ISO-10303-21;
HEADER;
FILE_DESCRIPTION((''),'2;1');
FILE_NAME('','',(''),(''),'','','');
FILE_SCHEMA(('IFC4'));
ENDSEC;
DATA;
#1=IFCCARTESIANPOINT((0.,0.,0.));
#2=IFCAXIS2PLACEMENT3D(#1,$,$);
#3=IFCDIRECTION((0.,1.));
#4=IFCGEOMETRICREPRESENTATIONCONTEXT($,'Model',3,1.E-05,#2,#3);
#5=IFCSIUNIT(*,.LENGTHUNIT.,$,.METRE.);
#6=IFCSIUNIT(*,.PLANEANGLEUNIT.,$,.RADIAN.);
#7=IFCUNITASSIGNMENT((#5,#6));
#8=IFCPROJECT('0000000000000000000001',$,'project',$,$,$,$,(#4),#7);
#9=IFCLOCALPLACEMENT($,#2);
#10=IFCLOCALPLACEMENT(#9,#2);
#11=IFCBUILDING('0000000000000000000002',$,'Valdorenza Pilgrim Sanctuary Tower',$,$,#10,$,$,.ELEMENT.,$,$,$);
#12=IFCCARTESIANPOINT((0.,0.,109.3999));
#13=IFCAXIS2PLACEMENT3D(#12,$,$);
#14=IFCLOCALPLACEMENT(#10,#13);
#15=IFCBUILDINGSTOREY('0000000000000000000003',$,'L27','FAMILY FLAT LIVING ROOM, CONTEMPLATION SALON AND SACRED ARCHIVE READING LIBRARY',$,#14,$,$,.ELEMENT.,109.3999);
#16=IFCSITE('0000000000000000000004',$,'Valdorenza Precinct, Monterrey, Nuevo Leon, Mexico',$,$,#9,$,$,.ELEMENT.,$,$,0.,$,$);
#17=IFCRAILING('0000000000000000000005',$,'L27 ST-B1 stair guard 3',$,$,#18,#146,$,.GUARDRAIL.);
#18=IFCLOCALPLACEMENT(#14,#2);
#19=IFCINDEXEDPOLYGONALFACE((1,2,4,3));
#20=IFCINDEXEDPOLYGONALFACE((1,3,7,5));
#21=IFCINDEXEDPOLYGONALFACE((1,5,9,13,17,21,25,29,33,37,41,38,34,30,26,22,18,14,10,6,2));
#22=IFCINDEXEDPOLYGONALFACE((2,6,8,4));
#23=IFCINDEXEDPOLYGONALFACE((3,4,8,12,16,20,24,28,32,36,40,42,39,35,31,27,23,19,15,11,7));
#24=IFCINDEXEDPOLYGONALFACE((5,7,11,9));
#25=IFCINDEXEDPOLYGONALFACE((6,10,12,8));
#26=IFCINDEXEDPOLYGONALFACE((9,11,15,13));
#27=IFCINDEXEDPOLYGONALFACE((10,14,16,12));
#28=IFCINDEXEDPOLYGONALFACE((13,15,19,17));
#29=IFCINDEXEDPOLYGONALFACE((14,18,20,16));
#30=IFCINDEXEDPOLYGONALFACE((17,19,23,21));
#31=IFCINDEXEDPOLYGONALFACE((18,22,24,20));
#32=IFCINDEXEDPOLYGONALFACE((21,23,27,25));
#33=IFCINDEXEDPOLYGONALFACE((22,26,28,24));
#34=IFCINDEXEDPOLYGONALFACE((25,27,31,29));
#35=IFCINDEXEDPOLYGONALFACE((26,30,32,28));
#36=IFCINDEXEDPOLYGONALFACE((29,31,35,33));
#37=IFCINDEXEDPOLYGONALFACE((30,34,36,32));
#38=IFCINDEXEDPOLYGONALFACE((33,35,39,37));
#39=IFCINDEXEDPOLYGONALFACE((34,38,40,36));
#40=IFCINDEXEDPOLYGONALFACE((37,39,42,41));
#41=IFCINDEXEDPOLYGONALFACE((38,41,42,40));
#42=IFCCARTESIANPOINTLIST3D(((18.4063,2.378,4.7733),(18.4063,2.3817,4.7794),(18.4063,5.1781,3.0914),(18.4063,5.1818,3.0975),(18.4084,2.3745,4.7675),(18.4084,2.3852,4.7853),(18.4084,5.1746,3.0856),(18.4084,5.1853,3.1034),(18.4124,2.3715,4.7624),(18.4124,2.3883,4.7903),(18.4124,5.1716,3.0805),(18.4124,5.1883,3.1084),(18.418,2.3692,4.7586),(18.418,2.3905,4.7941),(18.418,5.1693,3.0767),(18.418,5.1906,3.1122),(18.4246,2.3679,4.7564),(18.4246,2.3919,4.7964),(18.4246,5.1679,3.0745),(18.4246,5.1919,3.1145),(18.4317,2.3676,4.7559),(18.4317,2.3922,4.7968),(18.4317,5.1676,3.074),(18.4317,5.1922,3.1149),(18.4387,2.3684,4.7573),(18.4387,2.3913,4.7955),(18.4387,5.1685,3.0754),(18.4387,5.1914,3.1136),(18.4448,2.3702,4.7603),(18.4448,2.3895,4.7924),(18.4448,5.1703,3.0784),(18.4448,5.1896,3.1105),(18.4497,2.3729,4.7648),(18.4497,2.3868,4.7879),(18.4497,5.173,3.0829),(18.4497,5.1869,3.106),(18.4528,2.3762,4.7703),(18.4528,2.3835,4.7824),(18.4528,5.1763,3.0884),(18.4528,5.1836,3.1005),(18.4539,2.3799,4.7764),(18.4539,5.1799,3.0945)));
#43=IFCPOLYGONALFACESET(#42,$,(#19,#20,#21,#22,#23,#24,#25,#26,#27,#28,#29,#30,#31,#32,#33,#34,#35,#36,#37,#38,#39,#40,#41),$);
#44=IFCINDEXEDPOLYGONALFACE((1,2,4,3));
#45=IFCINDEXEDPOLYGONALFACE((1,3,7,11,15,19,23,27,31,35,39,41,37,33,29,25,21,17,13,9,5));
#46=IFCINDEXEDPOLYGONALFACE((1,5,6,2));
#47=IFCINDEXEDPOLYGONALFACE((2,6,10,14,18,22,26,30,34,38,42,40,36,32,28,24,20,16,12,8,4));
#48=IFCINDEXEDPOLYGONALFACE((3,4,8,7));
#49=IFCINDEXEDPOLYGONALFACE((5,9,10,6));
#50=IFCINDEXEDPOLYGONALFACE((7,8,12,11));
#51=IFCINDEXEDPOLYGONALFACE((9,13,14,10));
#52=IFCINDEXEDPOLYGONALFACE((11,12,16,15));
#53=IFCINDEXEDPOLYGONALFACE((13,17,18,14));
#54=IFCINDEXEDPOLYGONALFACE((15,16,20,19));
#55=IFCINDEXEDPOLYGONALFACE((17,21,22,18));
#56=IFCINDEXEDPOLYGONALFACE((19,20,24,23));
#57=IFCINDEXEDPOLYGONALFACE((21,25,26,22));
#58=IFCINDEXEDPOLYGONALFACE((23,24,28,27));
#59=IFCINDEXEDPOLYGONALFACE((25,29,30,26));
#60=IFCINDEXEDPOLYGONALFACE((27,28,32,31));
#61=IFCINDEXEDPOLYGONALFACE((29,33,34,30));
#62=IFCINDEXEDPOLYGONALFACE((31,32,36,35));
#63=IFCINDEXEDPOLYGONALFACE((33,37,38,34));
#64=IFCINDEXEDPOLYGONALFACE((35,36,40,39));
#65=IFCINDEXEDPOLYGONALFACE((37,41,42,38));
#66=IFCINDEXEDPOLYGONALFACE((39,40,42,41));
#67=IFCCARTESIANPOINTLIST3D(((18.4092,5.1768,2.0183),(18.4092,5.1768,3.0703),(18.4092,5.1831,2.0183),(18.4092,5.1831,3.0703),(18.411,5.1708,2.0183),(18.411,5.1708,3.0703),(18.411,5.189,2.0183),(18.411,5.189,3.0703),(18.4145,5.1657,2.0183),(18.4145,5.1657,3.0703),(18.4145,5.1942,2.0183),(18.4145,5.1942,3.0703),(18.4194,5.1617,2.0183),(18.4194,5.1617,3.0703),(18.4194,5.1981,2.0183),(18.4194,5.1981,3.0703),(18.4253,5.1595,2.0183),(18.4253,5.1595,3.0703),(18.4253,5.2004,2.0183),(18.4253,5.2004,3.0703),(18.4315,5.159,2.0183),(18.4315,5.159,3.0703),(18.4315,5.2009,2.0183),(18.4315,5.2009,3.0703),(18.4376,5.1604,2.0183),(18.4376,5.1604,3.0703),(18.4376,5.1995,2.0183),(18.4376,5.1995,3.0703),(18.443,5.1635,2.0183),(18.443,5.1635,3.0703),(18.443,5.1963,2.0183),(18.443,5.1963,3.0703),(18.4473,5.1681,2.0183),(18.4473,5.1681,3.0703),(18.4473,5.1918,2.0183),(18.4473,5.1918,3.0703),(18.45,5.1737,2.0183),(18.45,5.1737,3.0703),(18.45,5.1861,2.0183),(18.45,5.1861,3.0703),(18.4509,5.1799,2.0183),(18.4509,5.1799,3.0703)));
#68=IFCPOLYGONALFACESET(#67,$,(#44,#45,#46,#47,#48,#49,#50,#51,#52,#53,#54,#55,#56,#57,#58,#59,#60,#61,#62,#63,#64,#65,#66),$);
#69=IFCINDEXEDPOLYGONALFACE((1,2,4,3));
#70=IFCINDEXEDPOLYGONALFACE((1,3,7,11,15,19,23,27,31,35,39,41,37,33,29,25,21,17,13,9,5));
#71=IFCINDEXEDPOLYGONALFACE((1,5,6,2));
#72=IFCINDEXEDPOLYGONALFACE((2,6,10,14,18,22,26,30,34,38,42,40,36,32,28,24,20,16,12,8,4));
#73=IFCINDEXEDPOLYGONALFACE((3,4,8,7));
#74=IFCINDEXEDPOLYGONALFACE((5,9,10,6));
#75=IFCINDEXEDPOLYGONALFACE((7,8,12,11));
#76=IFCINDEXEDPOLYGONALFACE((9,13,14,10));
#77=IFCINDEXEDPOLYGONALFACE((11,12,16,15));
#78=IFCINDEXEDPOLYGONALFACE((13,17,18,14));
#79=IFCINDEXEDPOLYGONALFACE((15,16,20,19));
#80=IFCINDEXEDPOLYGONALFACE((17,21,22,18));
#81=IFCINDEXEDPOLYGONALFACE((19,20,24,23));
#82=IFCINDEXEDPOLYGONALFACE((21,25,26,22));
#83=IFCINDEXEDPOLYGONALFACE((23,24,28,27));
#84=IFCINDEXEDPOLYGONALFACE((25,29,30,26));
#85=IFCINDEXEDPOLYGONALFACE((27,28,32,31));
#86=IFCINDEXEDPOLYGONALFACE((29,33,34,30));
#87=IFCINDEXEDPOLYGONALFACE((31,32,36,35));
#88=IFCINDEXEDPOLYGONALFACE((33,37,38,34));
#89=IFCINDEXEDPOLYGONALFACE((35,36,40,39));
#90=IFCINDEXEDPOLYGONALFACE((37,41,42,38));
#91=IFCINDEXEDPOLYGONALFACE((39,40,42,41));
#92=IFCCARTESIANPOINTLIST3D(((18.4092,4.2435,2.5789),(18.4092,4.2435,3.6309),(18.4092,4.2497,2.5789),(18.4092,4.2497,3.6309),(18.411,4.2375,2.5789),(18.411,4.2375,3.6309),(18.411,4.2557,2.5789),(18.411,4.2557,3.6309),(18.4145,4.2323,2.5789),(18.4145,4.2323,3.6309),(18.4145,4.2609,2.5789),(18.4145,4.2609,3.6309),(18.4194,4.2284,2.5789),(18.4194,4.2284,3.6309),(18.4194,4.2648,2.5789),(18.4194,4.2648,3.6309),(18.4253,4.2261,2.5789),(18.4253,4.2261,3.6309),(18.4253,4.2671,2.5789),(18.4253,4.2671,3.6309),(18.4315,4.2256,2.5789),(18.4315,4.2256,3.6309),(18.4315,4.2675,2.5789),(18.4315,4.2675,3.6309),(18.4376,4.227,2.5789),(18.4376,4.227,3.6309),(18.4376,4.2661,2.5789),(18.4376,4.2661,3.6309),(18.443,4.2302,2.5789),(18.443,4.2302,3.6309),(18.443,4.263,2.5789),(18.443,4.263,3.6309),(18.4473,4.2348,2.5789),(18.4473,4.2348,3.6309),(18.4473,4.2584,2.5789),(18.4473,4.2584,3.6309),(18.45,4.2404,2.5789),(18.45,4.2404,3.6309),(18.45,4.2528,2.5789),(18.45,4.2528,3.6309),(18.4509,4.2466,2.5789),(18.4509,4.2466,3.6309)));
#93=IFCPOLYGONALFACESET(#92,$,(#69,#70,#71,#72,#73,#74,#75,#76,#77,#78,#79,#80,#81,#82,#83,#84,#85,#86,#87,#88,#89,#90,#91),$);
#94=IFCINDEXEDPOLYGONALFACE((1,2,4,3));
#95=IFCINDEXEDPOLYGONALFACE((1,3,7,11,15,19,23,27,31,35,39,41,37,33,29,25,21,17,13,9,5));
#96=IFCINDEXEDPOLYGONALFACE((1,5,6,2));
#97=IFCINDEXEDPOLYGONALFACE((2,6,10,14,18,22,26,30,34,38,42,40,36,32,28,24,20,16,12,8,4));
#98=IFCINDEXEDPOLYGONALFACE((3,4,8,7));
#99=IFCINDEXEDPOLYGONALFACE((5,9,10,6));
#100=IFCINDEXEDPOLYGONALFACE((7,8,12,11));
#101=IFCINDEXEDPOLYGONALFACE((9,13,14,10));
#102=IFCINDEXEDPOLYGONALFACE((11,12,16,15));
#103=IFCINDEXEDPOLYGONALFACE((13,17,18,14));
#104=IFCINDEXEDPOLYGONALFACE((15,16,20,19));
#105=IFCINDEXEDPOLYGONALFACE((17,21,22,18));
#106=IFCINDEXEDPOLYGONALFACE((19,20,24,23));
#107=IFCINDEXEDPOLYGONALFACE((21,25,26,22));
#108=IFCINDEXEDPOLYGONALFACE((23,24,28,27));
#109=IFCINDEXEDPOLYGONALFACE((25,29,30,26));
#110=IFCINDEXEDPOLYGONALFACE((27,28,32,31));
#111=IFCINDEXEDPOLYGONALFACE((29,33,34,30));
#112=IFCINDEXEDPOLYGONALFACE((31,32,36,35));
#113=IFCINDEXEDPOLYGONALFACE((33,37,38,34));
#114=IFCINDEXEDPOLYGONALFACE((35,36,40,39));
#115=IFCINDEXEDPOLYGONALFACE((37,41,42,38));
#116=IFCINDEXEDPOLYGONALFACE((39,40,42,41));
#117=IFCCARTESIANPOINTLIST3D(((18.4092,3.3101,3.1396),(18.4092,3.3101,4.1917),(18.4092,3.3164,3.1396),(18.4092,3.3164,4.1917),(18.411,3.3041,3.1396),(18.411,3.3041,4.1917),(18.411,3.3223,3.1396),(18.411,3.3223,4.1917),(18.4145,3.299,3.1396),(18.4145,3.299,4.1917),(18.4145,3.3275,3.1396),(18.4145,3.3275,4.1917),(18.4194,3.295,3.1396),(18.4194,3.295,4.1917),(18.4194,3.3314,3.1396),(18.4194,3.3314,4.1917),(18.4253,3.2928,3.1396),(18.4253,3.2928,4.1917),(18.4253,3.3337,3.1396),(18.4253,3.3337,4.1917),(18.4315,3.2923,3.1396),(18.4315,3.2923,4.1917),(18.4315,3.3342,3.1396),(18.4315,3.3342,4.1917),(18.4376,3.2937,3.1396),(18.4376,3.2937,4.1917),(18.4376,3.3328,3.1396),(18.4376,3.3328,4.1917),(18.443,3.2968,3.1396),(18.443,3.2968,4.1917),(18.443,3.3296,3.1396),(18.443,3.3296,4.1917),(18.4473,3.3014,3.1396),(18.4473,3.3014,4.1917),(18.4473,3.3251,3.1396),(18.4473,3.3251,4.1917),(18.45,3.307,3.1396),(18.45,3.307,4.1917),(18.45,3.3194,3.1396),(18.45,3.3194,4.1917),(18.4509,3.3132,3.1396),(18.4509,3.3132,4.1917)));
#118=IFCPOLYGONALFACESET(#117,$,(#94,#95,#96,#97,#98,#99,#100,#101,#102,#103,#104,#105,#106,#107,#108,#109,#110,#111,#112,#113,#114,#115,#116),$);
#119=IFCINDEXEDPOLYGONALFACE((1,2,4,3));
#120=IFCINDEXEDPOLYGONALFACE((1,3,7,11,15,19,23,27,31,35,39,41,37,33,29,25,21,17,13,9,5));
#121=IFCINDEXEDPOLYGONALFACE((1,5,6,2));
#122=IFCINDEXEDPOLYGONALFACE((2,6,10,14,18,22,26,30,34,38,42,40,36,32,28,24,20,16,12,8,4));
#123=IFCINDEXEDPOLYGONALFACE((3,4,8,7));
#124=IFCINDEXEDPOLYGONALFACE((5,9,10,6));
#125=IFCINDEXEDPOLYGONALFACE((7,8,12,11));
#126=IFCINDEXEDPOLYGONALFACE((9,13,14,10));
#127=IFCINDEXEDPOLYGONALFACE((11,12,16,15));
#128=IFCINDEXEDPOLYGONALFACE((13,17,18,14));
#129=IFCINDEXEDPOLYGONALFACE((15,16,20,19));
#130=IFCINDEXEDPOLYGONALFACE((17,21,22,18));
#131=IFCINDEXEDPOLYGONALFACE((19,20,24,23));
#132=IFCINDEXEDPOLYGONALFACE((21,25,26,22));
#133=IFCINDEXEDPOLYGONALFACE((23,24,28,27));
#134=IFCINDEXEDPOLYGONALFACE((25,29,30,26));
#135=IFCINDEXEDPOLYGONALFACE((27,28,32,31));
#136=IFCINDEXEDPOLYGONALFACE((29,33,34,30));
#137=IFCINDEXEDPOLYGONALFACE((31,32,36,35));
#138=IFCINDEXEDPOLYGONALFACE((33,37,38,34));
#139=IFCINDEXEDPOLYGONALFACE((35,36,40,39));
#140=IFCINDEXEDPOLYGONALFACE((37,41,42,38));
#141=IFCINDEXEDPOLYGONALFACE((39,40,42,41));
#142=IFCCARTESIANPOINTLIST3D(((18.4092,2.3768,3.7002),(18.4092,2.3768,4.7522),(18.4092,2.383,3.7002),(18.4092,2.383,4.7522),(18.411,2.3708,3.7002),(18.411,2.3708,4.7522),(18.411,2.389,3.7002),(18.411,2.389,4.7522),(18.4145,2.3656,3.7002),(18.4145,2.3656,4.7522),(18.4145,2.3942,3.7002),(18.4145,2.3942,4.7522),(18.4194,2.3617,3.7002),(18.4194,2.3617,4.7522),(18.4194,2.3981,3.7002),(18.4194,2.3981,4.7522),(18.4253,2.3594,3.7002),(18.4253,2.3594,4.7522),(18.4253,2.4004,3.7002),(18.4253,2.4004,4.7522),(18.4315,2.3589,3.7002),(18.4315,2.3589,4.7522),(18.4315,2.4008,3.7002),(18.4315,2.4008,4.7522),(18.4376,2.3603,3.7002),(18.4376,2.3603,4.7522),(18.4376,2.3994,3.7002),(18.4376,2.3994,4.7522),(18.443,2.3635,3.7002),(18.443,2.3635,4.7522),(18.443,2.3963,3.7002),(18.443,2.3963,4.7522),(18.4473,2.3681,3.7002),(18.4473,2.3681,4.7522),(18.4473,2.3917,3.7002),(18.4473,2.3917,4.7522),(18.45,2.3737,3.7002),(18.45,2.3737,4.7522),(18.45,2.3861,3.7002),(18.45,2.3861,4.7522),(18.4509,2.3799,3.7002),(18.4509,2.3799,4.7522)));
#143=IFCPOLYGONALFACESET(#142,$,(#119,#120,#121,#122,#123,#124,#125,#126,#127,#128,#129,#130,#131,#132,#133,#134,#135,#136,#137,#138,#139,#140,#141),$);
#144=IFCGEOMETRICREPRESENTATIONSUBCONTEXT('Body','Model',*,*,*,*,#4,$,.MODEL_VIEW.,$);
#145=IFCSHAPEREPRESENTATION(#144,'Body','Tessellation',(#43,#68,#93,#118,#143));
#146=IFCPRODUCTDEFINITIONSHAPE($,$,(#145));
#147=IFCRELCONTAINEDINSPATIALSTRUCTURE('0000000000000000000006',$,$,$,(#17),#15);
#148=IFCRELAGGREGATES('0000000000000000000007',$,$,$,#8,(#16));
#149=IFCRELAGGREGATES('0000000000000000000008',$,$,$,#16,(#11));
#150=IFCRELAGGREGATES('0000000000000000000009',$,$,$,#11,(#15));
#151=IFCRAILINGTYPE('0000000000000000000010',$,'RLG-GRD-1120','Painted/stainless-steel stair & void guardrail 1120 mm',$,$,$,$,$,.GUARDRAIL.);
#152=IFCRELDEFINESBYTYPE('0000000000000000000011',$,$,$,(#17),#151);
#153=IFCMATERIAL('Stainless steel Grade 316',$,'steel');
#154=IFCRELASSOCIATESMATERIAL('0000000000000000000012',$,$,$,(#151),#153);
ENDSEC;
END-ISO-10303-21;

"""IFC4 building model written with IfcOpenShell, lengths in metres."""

from ifc_helpers import new_model, si_unit, direction, frame, origin, origin_2d, place, context, subcontext, project, spatial, circle, extrude, material, type_object, element, save


model = new_model("IFC4")

# Units and contexts
model_context = context("Model", 3, precision=1e-05, world=origin(), true_north=direction((0.0, 1.0)))
body_context = subcontext(model_context, "Body", "Model", "MODEL_VIEW")
ifc_project = project(units=[si_unit("LENGTHUNIT", "METRE"), si_unit("PLANEANGLEUNIT", "RADIAN")], contexts=[model_context])

# Site, building, storey
site_placement = place(None, origin())
site = spatial("IfcSite", under=ifc_project, at=site_placement, Name="Valdorenza Precinct, Monterrey, Nuevo Leon, Mexico", CompositionType="ELEMENT", RefElevation=0.0)
building_placement = place(site_placement, origin())
building = spatial("IfcBuilding", under=site, at=building_placement, Name="Valdorenza Pilgrim Sanctuary Tower", CompositionType="ELEMENT")
storey_placement = place(building_placement, frame((0.0, 0.0, 109.3999)))
storey = spatial("IfcBuildingStorey", under=building, at=storey_placement, Name="L27", Description="FAMILY FLAT LIVING ROOM, CONTEMPLATION SALON AND SACRED ARCHIVE READING LIBRARY", CompositionType="ELEMENT", Elevation=109.3999)

# Railing
ifc_material_1 = material(Name="Stainless steel Grade 316", Category="steel")
railing_type_1 = type_object("IfcRailingType", Name="RLG-GRD-1120", Description="Painted/stainless-steel stair & void guardrail 1120 mm", PredefinedType="GUARDRAIL", material=ifc_material_1)
railing_1_placement = place(storey_placement, frame((18.4299, 5.1799, 2.0183)))
element("IfcRailing", 1, at=railing_1_placement, inside=storey, type_object=railing_type_1, Name="L27 ST-B1 stair guard 3", PredefinedType="GUARDRAIL", context=body_context, shape_type="SweptSolid", body=[
    extrude(circle(Radius=0.0239, at=origin_2d()), frame((0.0, 0.0, 1.0762), z_axis=(0.0, -0.857242, 0.514913), x_axis=(1.0, 0.0, 0.0)), (0.0, 0.0, 1.0), 3.2664),
    extrude(circle(Radius=0.021, at=origin_2d()), origin(), (0.0, 0.0, 1.0), 1.052),
    extrude(circle(Radius=0.021, at=origin_2d()), frame((0.0, -0.9333, 0.5605)), (0.0, 0.0, 1.0), 1.052),
    extrude(circle(Radius=0.021, at=origin_2d()), frame((0.0, -1.8667, 1.1213)), (0.0, 0.0, 1.0), 1.052),
    extrude(circle(Radius=0.021, at=origin_2d()), frame((0.0, -2.8, 1.6819)), (0.0, 0.0, 1.0), 1.052),
])

save(model, "model.ifc")
